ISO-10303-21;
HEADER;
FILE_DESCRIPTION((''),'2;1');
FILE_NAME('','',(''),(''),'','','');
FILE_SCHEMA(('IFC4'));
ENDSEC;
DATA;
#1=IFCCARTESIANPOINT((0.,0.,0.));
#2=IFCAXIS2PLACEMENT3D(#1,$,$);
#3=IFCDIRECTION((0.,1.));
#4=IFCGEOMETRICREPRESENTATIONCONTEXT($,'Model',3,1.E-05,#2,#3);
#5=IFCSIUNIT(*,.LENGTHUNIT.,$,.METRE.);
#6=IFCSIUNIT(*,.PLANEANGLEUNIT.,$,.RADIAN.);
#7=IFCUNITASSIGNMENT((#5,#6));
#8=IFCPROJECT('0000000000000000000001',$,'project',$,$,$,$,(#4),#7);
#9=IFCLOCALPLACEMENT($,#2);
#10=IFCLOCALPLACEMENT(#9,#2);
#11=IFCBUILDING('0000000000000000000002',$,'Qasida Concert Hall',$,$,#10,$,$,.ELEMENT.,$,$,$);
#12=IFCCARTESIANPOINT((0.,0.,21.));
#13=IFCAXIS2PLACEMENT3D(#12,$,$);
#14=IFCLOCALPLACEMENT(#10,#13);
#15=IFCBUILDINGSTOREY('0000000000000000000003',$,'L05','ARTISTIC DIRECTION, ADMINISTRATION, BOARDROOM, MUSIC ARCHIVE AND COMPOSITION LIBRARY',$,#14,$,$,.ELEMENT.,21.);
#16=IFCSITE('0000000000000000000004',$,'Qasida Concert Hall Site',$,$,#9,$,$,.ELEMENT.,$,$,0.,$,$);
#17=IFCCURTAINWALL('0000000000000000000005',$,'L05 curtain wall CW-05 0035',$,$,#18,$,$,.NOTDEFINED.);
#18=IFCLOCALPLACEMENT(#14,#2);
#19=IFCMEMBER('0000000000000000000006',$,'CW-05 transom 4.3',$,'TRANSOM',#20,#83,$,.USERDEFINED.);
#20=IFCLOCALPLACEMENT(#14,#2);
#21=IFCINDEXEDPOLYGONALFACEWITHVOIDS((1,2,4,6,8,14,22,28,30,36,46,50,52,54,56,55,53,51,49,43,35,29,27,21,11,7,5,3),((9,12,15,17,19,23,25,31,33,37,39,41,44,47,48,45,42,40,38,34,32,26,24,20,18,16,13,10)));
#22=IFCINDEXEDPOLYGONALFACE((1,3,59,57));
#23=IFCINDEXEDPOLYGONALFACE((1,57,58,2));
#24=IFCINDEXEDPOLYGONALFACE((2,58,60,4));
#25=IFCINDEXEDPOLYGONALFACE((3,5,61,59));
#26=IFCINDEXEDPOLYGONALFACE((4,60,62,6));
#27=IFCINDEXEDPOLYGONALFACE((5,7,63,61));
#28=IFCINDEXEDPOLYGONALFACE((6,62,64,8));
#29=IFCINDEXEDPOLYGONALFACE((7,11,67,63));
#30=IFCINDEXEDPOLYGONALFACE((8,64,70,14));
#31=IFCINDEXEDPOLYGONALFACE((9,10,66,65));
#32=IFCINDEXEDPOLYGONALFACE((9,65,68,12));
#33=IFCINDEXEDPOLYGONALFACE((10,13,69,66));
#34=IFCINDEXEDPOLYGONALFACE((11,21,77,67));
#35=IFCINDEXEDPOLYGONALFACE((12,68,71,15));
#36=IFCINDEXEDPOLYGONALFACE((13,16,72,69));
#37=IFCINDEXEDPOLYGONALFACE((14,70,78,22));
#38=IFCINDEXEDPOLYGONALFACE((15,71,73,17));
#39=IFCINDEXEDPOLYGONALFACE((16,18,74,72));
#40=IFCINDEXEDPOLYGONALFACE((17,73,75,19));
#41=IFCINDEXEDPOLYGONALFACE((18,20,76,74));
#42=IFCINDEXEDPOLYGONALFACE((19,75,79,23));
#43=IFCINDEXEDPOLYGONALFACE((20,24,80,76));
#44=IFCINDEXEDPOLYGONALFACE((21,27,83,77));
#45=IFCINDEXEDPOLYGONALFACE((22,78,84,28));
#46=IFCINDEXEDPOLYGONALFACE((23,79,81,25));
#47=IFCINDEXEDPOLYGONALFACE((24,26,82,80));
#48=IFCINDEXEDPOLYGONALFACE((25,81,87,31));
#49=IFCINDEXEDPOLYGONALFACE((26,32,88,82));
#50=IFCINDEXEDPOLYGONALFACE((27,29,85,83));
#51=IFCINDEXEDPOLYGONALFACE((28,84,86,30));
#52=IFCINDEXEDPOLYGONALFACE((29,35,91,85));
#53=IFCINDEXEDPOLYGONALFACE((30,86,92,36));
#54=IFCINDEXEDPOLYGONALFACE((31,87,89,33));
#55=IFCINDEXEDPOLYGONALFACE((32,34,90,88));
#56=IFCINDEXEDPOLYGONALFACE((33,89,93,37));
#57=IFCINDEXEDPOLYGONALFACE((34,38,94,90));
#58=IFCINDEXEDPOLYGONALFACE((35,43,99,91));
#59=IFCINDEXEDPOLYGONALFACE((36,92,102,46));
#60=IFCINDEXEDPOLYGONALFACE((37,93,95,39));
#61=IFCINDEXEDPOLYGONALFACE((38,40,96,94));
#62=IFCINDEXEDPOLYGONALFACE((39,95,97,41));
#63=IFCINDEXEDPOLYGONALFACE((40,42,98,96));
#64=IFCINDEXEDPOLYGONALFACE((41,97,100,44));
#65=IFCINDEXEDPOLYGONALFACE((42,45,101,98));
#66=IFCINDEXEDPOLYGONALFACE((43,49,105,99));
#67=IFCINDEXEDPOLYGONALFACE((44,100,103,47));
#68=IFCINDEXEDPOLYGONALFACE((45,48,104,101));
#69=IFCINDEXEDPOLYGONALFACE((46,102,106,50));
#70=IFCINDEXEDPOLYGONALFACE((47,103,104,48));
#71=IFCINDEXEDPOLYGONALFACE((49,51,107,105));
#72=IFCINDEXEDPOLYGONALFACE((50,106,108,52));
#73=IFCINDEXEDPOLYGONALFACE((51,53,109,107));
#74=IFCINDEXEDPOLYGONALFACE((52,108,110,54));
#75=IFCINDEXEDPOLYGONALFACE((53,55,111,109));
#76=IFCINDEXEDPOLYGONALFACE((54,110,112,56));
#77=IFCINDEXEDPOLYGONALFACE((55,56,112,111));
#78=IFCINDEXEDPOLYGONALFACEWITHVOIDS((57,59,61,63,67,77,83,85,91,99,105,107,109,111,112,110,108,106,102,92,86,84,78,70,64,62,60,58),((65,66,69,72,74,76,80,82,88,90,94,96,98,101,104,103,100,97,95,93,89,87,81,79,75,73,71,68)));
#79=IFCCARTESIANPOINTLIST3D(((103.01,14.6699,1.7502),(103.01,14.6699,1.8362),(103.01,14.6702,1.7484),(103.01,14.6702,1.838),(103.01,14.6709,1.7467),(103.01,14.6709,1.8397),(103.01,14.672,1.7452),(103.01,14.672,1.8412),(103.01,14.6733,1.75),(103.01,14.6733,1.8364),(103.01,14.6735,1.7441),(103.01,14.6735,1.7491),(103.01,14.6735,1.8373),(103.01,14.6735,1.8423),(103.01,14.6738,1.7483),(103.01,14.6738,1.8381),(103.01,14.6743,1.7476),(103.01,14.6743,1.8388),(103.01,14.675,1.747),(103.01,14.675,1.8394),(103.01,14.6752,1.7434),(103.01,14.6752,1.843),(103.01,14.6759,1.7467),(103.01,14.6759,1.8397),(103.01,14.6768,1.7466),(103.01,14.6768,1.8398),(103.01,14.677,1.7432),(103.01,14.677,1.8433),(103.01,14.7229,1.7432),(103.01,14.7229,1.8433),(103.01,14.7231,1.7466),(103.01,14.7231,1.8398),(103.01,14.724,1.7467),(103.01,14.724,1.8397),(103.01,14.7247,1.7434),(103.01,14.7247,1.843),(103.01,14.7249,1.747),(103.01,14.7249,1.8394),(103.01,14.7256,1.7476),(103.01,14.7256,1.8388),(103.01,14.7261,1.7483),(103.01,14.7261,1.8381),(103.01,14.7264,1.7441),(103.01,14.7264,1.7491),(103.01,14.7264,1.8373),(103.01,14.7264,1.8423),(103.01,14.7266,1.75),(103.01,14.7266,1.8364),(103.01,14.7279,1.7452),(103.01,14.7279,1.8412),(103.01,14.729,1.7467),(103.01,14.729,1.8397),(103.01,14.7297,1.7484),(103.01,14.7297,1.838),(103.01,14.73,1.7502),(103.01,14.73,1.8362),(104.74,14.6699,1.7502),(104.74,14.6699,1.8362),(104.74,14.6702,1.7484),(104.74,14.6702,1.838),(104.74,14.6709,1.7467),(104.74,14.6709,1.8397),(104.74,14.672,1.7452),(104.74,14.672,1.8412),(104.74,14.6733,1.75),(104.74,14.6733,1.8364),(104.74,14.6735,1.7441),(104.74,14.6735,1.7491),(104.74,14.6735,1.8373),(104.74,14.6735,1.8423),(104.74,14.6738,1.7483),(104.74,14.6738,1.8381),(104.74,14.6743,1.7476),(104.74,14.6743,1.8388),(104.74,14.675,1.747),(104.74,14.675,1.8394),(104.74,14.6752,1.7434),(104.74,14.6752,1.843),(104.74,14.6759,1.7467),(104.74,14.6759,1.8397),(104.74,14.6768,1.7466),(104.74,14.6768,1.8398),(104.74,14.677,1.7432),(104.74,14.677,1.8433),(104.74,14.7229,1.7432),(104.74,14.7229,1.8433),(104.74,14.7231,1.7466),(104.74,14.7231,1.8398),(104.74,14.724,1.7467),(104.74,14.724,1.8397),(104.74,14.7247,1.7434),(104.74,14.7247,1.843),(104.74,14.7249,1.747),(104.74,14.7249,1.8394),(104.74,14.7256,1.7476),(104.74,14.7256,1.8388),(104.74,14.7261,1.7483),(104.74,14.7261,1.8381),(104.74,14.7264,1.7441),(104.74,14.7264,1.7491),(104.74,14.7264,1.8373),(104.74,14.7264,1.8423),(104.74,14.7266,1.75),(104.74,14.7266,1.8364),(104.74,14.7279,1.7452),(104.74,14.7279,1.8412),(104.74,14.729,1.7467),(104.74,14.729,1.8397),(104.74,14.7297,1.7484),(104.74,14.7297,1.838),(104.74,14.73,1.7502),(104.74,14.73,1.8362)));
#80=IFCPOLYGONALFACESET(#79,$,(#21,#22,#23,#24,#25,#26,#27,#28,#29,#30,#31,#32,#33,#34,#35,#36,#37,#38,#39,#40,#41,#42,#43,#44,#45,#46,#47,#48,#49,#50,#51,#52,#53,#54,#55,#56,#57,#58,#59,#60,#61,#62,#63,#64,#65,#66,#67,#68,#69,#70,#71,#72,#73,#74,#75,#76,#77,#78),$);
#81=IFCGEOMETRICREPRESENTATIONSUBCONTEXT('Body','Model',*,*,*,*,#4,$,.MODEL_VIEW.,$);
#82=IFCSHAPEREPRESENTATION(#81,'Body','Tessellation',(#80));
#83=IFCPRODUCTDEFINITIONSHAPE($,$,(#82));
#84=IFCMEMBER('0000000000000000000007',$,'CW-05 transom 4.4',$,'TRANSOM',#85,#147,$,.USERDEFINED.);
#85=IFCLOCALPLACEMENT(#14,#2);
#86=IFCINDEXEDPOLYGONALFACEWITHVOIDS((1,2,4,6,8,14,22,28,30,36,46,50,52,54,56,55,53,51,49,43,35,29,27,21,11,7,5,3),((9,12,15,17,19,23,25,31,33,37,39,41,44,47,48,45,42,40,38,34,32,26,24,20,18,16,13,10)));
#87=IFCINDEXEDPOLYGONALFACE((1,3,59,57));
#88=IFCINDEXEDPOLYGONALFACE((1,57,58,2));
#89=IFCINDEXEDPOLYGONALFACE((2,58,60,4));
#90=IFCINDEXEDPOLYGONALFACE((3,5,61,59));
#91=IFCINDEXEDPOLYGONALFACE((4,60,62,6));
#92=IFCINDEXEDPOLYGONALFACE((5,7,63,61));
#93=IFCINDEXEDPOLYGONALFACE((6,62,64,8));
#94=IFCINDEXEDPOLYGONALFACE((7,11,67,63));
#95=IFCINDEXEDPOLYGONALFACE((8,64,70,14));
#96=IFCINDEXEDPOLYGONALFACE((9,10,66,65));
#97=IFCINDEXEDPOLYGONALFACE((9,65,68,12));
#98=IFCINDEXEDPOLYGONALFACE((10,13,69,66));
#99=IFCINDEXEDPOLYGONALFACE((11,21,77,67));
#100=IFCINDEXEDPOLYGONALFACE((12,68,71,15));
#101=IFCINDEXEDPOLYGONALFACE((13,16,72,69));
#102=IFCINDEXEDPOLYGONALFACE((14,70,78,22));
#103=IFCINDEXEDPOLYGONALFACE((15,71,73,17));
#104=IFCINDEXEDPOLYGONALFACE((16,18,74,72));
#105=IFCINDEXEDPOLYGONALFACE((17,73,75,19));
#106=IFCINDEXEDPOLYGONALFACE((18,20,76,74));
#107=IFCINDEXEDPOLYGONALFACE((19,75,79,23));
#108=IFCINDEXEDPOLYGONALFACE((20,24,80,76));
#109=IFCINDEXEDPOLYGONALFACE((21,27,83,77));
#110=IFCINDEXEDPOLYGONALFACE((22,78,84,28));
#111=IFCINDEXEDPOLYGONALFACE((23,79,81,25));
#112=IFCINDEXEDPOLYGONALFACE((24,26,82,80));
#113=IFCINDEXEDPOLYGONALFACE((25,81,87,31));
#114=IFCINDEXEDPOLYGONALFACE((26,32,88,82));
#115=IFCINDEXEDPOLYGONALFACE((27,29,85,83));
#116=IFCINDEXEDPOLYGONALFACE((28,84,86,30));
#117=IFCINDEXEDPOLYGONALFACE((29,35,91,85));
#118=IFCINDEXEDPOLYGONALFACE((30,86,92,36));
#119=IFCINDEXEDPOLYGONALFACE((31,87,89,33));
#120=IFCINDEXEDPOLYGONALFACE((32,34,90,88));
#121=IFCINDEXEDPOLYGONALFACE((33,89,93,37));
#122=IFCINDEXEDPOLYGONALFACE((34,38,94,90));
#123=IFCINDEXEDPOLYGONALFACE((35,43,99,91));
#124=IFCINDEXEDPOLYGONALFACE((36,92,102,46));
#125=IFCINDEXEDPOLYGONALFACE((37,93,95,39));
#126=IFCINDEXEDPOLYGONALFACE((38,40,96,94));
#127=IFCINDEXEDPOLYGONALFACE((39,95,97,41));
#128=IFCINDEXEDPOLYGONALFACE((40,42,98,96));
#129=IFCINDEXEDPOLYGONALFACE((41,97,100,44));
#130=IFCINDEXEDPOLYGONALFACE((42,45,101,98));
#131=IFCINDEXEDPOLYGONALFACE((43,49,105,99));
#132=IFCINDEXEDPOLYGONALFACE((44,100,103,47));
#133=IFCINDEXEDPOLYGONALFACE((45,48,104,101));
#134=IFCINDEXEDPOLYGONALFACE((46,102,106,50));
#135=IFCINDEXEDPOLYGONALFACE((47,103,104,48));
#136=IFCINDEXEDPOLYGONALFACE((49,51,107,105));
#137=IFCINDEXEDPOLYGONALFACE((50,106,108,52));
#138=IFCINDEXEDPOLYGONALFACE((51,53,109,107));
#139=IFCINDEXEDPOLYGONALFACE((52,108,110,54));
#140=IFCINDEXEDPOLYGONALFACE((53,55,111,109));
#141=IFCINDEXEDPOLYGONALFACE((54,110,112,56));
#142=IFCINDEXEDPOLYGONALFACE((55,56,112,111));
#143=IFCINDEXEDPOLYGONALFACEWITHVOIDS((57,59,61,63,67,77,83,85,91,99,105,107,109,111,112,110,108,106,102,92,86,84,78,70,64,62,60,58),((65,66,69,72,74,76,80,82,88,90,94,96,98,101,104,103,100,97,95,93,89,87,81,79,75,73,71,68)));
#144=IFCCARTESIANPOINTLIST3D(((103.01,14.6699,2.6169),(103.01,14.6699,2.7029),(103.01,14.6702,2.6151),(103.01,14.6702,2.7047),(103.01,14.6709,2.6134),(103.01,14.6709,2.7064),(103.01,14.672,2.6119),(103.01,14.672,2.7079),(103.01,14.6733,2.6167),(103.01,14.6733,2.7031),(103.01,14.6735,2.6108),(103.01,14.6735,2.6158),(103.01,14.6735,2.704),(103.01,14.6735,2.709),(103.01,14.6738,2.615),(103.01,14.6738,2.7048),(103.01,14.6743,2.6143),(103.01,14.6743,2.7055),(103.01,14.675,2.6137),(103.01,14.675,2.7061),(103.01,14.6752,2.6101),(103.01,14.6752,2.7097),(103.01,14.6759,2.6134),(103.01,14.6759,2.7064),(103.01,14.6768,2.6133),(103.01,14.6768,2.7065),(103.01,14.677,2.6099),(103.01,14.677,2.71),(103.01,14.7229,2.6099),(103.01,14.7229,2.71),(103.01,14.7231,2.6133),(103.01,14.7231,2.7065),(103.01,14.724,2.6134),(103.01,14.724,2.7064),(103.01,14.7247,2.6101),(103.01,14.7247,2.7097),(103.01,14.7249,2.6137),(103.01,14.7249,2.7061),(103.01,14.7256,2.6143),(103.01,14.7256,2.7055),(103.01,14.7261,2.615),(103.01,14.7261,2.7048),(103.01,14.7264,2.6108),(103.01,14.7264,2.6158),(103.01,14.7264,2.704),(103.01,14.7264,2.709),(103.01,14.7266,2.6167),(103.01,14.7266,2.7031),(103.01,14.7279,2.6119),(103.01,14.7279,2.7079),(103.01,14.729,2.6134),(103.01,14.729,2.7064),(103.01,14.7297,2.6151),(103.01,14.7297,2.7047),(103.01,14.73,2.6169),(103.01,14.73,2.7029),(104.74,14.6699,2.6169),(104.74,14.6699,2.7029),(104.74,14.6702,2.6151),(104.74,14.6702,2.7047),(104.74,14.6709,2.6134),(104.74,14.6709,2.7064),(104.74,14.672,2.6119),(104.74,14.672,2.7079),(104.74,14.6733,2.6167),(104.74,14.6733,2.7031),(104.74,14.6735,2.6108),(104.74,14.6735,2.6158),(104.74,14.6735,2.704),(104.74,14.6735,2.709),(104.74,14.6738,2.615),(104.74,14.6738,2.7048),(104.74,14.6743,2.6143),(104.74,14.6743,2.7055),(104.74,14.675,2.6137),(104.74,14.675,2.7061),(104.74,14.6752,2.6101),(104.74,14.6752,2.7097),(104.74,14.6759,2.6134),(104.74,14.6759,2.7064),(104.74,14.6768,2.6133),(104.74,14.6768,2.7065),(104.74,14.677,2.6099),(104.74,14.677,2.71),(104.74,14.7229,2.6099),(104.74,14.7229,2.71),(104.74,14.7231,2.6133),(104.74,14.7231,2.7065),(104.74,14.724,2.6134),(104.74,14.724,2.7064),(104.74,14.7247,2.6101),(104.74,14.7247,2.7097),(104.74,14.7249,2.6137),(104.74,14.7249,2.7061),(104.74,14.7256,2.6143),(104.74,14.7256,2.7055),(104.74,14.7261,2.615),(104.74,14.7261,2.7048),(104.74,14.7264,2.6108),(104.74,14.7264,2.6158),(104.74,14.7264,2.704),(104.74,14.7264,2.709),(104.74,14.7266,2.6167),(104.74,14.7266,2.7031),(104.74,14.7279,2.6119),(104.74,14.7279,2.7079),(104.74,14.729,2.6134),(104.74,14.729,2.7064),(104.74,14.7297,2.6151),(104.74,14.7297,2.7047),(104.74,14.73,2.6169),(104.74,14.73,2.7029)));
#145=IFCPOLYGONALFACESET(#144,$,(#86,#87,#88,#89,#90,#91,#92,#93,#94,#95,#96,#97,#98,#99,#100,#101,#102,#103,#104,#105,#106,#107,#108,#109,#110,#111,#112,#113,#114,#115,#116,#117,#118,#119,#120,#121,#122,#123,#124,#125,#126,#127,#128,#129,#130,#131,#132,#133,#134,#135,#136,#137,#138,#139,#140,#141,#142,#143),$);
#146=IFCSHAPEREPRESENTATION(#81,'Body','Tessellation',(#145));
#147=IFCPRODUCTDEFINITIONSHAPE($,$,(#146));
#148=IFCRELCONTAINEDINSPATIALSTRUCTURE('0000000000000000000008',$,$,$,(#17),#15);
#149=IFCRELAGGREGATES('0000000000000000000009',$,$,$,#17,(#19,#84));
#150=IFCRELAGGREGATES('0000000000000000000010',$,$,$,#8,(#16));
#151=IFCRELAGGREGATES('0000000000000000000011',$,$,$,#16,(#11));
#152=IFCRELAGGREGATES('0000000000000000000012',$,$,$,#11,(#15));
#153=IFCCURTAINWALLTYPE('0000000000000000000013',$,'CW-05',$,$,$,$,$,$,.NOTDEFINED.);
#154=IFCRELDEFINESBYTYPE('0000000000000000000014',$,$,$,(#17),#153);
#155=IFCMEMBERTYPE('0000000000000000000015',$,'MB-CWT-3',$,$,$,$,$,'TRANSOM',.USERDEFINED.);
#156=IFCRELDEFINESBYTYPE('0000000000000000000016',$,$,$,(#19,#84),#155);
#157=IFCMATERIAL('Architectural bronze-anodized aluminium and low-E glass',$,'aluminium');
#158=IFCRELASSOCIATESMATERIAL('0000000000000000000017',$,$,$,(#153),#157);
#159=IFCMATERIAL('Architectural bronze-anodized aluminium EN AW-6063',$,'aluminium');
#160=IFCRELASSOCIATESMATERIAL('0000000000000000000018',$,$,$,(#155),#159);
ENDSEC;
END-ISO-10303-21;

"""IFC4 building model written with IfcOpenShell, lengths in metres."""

from ifc_helpers import new_model, si_unit, direction, frame, origin, origin_2d, place, context, subcontext, project, spatial, hollow_rectangle, extrude, material, material_profile, profile_set, type_object, element, aggregate, save


model = new_model("IFC4")

# Units and contexts
model_context = context("Model", 3, precision=1e-05, world=origin(), true_north=direction((0.0, 1.0)))
body_context = subcontext(model_context, "Body", "Model", "MODEL_VIEW")
ifc_project = project(units=[si_unit("LENGTHUNIT", "METRE"), si_unit("PLANEANGLEUNIT", "RADIAN")], contexts=[model_context])

# Site, building, storey
site_placement = place(None, origin())
site = spatial("IfcSite", under=ifc_project, at=site_placement, Name="Qasida Concert Hall Site", CompositionType="ELEMENT", RefElevation=0.0)
building_placement = place(site_placement, origin())
building = spatial("IfcBuilding", under=site, at=building_placement, Name="Qasida Concert Hall", CompositionType="ELEMENT")
storey_placement = place(building_placement, frame((0.0, 0.0, 21.0)))
storey = spatial("IfcBuildingStorey", under=building, at=storey_placement, Name="L05", Description="ARTISTIC DIRECTION, ADMINISTRATION, BOARDROOM, MUSIC ARCHIVE AND COMPOSITION LIBRARY", CompositionType="ELEMENT", Elevation=21.0)

# Curtain wall, members
ifc_material_1 = material(Name="Architectural bronze-anodized aluminium and low-E glass", Category="aluminium")
curtain_wall_type = type_object("IfcCurtainWallType", Name="CW-05", PredefinedType="NOTDEFINED", material=ifc_material_1)
curtain_wall_placement = place(storey_placement, origin())
curtain_wall = element("IfcCurtainWall", 1, at=curtain_wall_placement, inside=storey, type_object=curtain_wall_type, Name="L05 curtain wall CW-05 0035", PredefinedType="NOTDEFINED")
ifc_material_2 = material(Name="Architectural bronze-anodized aluminium EN AW-6063", Category="aluminium")
ifc_material_profile_1 = material_profile(ifc_material_2, hollow_rectangle(XDim=0.0601, YDim=0.1001, WallThickness=0.0034, InnerFilletRadius=0.0034, OuterFilletRadius=0.0071, at=origin_2d()), Name="CWT 100x60x3.5")
ifc_profile_set_1 = profile_set([ifc_material_profile_1], Name="Architectural bronze-anodized aluminium EN AW-6063")
member_type_1 = type_object("IfcMemberType", Name="MB-CWT-3", ElementType="TRANSOM", PredefinedType="USERDEFINED", material=ifc_profile_set_1)
member_1_placement = place(storey_placement, frame((103.01, 14.7, 1.7932), z_axis=(1.0, 0.0, 0.0), x_axis=(0.0, 1.0, 0.0)))
member_1 = element("IfcMember", 2, at=member_1_placement, type_object=member_type_1, Name="CW-05 transom 4.3", ObjectType="TRANSOM", PredefinedType="USERDEFINED", context=body_context, shape_type="SweptSolid", body=[
    extrude(hollow_rectangle(XDim=0.0601, YDim=0.1001, WallThickness=0.0034, InnerFilletRadius=0.0034, OuterFilletRadius=0.0071, at=origin_2d()), origin(), (0.0, 0.0, 1.0), 1.73),
])
member_2_placement = place(storey_placement, frame((103.01, 14.7, 2.6599), z_axis=(1.0, 0.0, 0.0), x_axis=(0.0, 1.0, 0.0)))
member_2 = element("IfcMember", 3, at=member_2_placement, type_object=member_type_1, Name="CW-05 transom 4.4", ObjectType="TRANSOM", PredefinedType="USERDEFINED", context=body_context, shape_type="SweptSolid", body=[
    extrude(hollow_rectangle(XDim=0.0601, YDim=0.1001, WallThickness=0.0034, InnerFilletRadius=0.0034, OuterFilletRadius=0.0071, at=origin_2d()), origin(), (0.0, 0.0, 1.0), 1.73),
])

aggregate(curtain_wall, [member_1, member_2])

save(model, "model.ifc")
